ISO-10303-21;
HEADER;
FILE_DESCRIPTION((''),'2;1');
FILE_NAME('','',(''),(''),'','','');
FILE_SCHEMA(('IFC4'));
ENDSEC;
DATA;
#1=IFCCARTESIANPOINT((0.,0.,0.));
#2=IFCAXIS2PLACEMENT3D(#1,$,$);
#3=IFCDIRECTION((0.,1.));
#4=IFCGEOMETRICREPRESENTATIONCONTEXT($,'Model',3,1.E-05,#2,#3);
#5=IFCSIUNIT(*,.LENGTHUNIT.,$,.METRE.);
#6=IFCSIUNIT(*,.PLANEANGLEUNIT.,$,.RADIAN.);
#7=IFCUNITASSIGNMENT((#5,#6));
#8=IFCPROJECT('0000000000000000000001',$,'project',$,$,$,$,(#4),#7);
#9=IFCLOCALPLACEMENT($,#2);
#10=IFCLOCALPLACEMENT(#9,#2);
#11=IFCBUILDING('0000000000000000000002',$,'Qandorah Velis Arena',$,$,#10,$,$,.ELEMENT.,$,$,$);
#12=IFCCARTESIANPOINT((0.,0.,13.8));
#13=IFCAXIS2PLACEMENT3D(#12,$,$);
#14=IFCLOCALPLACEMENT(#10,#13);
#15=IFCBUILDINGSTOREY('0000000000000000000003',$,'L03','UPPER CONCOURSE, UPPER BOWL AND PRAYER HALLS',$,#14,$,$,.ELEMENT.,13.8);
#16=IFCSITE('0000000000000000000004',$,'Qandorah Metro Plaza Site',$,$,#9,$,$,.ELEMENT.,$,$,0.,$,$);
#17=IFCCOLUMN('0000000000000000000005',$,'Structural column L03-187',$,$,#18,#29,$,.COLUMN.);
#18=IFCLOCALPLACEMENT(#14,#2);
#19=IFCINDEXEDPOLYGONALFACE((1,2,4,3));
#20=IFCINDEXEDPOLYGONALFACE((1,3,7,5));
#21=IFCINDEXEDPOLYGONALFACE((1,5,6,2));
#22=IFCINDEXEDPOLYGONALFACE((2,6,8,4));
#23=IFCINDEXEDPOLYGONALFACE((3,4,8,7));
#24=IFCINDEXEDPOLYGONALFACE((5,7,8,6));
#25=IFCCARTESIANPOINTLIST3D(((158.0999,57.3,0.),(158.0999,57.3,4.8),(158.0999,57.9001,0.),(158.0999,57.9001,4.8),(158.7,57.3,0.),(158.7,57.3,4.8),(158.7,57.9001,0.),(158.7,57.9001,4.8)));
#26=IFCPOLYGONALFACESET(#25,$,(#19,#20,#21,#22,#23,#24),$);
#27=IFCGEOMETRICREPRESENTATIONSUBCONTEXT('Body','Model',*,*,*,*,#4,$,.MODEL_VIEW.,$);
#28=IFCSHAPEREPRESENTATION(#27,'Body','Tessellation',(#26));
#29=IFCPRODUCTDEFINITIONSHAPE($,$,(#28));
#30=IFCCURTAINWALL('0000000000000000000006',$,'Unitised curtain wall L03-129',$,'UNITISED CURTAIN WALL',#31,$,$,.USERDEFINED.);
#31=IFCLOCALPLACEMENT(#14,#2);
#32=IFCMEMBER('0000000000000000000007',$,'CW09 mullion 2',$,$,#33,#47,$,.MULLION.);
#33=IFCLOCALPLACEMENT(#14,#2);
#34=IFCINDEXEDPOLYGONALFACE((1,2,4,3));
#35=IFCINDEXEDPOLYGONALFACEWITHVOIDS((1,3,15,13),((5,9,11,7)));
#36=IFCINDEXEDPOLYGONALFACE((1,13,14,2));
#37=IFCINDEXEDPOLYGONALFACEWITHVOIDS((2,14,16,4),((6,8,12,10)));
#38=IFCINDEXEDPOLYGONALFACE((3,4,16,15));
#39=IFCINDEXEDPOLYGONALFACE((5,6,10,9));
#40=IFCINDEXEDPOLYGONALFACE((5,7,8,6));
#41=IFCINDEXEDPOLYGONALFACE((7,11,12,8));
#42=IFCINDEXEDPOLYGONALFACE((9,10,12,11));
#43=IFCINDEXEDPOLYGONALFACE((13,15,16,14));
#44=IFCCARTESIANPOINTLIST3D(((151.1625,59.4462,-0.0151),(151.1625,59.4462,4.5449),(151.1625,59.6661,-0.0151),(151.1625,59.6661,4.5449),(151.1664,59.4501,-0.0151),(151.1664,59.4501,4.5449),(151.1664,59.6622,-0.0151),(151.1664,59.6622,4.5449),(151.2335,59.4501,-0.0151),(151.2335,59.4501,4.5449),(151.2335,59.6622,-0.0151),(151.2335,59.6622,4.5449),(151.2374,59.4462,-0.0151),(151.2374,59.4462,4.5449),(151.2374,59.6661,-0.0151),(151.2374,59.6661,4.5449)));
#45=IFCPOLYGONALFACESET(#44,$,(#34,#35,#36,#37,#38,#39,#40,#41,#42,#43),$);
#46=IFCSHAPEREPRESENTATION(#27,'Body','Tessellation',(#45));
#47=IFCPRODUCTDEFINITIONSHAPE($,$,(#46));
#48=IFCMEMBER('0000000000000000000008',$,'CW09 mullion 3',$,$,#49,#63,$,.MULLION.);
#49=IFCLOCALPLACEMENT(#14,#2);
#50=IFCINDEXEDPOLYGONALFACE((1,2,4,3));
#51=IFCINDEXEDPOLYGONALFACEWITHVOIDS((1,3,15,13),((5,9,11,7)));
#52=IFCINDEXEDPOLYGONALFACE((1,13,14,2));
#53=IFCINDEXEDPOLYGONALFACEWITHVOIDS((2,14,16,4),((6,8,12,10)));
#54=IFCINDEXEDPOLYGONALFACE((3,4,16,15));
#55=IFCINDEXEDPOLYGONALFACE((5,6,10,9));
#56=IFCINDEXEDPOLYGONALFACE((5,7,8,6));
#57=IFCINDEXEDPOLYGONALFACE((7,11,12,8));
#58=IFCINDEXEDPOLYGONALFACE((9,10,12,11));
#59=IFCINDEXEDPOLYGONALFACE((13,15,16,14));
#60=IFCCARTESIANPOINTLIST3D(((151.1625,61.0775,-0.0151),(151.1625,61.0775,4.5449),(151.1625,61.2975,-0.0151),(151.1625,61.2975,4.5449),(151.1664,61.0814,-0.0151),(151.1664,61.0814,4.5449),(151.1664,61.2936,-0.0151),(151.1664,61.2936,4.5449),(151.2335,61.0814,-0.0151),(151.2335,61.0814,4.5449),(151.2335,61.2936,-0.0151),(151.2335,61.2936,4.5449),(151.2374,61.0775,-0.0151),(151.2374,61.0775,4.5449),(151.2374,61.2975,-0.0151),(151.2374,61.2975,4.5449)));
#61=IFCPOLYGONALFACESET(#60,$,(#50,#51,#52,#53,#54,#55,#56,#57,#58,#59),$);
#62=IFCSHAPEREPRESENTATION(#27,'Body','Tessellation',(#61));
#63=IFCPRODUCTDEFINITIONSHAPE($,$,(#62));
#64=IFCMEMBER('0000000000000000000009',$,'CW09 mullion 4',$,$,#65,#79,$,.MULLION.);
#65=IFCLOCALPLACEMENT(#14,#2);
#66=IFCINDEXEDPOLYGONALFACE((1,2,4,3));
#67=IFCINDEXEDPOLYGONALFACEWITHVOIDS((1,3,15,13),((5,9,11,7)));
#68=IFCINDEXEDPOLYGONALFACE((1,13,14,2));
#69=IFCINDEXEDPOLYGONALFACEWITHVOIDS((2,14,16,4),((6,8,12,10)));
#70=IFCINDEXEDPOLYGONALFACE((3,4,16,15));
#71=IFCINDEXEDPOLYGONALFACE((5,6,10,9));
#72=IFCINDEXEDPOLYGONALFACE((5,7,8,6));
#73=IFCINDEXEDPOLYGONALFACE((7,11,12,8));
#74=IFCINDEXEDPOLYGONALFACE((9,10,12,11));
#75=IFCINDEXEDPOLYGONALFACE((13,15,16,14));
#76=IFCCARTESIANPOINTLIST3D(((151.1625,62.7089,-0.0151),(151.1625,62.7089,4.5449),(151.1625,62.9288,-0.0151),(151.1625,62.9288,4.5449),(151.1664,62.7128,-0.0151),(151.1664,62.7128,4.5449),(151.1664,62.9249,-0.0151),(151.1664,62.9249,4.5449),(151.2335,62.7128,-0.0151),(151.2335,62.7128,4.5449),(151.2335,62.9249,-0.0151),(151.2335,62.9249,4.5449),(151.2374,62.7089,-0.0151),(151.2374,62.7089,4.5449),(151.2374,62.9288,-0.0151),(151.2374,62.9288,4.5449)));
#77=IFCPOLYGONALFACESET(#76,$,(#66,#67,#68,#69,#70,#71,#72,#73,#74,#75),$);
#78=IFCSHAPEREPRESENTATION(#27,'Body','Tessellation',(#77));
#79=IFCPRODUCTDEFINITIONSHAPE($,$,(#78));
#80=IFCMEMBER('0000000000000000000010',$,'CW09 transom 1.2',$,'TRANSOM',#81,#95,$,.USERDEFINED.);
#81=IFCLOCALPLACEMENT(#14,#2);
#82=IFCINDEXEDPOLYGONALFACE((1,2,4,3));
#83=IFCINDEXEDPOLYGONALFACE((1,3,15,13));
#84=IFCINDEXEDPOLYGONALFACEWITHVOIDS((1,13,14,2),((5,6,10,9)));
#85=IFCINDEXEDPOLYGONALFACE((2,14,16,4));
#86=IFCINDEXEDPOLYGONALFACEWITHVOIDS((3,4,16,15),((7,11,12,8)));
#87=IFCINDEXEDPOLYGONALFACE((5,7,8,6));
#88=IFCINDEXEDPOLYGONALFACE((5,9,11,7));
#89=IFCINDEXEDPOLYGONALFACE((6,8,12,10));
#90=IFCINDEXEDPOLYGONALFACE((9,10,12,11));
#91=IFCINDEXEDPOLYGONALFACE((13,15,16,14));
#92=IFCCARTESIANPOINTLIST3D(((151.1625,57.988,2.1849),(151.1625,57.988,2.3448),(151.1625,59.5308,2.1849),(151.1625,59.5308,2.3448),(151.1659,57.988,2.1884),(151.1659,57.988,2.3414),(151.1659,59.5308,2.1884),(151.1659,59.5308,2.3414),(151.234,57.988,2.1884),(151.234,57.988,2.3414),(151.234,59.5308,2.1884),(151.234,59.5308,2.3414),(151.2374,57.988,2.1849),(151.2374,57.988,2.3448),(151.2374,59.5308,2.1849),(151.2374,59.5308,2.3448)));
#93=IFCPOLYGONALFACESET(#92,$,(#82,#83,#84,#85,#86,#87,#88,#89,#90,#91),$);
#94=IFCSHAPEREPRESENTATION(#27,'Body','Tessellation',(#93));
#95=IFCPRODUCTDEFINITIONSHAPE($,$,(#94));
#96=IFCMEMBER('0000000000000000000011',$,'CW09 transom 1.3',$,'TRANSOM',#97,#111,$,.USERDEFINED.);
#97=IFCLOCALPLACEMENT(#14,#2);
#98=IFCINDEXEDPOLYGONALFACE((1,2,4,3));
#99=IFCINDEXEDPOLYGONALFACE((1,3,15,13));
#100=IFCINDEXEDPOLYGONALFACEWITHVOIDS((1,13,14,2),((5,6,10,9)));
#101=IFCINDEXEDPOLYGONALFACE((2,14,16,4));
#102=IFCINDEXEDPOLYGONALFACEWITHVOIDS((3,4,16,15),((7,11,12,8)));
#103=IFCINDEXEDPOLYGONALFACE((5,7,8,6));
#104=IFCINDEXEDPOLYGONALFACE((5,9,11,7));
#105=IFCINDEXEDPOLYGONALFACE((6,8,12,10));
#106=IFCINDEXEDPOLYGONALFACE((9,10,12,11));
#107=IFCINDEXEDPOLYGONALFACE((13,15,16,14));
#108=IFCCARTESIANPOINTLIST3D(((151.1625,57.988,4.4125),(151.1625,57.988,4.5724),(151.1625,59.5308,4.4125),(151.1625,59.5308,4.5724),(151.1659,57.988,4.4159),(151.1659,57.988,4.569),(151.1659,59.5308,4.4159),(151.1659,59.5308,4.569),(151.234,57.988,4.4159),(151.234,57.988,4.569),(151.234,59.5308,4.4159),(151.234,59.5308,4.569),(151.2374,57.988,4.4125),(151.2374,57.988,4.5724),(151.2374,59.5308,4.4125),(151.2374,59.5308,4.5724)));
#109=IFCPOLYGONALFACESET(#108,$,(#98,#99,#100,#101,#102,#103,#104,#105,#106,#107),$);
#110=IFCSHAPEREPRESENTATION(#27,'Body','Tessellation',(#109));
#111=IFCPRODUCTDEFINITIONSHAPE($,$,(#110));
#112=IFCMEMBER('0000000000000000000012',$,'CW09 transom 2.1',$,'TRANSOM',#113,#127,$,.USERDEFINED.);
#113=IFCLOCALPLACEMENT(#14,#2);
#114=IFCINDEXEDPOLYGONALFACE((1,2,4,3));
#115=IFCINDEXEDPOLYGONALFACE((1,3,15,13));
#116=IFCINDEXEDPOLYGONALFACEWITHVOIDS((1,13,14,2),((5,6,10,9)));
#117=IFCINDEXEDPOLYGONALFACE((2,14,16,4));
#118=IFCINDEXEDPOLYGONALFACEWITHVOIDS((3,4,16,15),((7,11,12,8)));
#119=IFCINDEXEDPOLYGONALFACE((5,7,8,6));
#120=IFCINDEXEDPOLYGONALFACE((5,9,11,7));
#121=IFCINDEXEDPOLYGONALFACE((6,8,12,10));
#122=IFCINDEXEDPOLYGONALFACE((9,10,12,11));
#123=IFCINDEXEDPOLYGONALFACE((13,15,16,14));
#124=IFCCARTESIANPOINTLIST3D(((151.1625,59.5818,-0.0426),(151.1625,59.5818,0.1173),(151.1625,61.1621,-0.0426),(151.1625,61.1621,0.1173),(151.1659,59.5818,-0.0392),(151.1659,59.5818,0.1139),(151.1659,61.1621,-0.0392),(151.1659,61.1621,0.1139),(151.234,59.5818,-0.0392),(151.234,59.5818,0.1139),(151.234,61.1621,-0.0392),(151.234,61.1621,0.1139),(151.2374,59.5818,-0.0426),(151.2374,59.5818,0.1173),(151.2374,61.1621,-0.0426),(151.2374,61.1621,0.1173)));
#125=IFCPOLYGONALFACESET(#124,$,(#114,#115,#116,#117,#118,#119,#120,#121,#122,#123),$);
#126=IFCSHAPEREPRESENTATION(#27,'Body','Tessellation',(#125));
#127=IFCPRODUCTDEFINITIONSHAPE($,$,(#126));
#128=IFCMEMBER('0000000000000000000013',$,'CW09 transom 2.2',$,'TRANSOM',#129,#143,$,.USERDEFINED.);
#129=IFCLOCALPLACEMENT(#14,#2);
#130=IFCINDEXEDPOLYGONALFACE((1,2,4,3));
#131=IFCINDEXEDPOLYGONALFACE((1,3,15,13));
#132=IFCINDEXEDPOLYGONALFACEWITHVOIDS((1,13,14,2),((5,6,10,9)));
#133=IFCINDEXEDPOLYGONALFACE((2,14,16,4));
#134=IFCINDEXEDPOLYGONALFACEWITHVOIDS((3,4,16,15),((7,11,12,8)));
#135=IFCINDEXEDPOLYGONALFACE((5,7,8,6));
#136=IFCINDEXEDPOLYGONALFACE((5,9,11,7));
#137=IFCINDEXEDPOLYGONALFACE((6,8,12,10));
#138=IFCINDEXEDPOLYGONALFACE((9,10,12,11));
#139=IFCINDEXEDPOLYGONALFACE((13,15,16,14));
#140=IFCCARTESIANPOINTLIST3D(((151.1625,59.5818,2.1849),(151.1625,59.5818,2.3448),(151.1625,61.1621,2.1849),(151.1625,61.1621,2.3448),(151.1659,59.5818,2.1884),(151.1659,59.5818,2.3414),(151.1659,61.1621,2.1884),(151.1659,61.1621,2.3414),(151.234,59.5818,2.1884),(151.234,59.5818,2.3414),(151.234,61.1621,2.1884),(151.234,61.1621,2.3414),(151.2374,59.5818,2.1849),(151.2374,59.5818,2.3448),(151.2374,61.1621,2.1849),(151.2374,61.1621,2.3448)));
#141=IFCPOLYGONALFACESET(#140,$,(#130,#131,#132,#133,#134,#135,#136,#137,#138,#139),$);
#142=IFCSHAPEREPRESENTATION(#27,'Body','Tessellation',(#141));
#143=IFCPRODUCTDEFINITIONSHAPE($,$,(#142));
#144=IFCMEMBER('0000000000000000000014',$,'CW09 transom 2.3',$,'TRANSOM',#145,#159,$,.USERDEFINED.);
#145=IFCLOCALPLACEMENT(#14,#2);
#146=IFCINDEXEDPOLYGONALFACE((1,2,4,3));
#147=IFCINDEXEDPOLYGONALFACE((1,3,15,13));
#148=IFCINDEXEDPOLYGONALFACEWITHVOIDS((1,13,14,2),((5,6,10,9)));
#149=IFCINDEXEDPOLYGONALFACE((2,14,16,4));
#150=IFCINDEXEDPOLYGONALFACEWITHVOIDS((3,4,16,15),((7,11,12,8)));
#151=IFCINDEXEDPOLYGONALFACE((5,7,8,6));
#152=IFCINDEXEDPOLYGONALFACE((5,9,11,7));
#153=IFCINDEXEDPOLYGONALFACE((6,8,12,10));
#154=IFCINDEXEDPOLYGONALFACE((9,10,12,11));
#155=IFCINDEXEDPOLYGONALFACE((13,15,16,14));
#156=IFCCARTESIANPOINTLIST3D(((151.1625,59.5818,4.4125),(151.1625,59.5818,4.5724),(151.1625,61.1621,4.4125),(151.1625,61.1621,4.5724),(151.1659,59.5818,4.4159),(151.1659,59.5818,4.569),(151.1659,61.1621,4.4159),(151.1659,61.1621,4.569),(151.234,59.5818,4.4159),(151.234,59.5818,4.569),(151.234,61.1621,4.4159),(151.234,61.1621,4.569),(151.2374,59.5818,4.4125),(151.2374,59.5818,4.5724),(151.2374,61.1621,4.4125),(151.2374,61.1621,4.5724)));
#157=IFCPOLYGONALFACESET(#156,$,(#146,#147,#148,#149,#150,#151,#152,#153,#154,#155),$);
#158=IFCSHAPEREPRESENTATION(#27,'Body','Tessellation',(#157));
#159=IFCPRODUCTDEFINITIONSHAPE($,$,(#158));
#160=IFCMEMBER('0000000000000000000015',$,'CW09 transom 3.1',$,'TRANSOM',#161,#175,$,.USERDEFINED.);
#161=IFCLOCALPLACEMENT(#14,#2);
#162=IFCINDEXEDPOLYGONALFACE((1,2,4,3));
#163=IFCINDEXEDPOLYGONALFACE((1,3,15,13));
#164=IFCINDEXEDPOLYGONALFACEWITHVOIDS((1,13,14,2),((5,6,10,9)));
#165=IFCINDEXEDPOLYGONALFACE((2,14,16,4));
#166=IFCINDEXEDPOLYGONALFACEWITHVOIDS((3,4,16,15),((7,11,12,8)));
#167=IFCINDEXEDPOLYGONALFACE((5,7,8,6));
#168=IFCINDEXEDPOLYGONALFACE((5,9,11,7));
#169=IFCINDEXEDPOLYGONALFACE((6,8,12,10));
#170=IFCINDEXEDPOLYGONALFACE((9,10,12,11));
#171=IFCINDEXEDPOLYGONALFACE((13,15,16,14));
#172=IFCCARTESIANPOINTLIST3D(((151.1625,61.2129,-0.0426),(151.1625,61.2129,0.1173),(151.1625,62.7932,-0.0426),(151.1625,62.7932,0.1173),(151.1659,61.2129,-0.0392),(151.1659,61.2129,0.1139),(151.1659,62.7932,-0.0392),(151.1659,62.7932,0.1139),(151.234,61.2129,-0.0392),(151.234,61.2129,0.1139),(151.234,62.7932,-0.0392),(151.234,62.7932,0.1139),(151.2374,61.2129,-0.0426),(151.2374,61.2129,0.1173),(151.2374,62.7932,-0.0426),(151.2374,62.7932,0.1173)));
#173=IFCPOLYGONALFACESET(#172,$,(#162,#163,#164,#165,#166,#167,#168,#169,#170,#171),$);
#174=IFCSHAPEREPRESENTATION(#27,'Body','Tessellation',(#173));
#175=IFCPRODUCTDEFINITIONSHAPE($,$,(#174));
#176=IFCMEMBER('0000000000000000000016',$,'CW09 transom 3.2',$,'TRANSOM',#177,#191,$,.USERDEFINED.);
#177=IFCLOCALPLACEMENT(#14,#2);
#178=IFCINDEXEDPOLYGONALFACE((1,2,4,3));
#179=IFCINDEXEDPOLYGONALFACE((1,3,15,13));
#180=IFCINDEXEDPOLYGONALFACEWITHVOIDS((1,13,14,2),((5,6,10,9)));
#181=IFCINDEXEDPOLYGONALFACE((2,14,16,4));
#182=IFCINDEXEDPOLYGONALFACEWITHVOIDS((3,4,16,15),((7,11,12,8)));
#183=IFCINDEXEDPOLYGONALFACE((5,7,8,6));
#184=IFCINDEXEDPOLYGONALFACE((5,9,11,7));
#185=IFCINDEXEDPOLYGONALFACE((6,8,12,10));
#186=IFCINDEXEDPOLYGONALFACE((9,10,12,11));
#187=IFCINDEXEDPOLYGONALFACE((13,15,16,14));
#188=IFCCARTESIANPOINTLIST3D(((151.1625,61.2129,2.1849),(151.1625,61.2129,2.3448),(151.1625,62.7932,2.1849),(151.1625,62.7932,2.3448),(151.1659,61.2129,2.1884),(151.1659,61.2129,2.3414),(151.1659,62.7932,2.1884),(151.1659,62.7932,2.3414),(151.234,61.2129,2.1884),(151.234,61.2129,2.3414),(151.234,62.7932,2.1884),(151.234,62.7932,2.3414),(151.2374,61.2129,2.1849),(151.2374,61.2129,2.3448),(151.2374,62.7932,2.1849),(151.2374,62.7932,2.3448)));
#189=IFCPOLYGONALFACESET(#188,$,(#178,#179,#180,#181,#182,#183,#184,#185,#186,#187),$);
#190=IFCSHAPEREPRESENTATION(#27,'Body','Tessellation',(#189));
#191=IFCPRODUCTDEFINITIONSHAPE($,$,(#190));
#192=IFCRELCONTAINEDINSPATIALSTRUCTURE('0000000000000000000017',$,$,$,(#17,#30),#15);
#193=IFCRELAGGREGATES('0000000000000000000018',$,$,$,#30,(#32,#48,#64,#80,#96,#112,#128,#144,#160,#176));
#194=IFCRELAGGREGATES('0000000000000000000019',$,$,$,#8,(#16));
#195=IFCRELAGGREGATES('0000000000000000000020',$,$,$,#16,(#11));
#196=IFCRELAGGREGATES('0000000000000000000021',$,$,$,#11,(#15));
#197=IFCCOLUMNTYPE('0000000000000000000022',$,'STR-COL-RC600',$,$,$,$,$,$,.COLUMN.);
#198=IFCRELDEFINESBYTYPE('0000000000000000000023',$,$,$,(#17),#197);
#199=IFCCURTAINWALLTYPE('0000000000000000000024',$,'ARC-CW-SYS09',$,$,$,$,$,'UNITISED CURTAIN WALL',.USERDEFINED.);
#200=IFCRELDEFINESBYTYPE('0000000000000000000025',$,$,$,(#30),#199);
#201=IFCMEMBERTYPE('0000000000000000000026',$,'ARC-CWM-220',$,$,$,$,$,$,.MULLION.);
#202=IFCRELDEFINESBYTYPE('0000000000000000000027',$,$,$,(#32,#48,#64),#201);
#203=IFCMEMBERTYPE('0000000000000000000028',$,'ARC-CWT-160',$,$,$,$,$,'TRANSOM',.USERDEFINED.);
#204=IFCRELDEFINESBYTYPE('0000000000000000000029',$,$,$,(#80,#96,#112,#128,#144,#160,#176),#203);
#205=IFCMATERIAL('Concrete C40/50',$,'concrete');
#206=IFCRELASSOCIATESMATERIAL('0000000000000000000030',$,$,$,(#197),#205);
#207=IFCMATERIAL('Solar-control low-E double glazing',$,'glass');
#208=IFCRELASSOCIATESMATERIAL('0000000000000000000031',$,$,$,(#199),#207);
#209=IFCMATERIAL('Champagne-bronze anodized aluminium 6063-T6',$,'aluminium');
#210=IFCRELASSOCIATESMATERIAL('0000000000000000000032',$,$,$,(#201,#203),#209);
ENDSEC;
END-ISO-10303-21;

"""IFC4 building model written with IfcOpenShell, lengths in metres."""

from ifc_helpers import new_model, si_unit, direction, frame, origin, origin_2d, place, context, subcontext, project, spatial, rectangle, hollow_rectangle, extrude, material, material_profile, profile_set, type_object, element, aggregate, save


model = new_model("IFC4")

# Units and contexts
model_context = context("Model", 3, precision=1e-05, world=origin(), true_north=direction((0.0, 1.0)))
body_context = subcontext(model_context, "Body", "Model", "MODEL_VIEW")
ifc_project = project(units=[si_unit("LENGTHUNIT", "METRE"), si_unit("PLANEANGLEUNIT", "RADIAN")], contexts=[model_context])

# Site, building, storey
site_placement = place(None, origin())
site = spatial("IfcSite", under=ifc_project, at=site_placement, Name="Qandorah Metro Plaza Site", CompositionType="ELEMENT", RefElevation=0.0)
building_placement = place(site_placement, origin())
building = spatial("IfcBuilding", under=site, at=building_placement, Name="Qandorah Velis Arena", CompositionType="ELEMENT")
storey_placement = place(building_placement, frame((0.0, 0.0, 13.8)))
storey = spatial("IfcBuildingStorey", under=building, at=storey_placement, Name="L03", Description="UPPER CONCOURSE, UPPER BOWL AND PRAYER HALLS", CompositionType="ELEMENT", Elevation=13.8)

# Column
ifc_material_1 = material(Name="Concrete C40/50", Category="concrete")
ifc_material_profile_1 = material_profile(ifc_material_1, rectangle(XDim=0.6001, YDim=0.6001, at=origin_2d()), Name="RC COL 600x600")
ifc_profile_set_1 = profile_set([ifc_material_profile_1], Name="Concrete C40/50")
column_type = type_object("IfcColumnType", Name="STR-COL-RC600", PredefinedType="COLUMN", material=ifc_profile_set_1)
column_placement = place(storey_placement, frame((158.3999, 57.6001, 0.0), z_axis=(0.0, 0.0, 1.0), x_axis=(1.0, 0.0, 0.0)))
element("IfcColumn", 1, at=column_placement, inside=storey, type_object=column_type, Name="Structural column L03-187", PredefinedType="COLUMN", context=body_context, shape_type="SweptSolid", body=[
    extrude(rectangle(XDim=0.6001, YDim=0.6001, at=origin_2d()), origin(), (0.0, 0.0, 1.0), 4.8),
])

# Curtain wall, members
ifc_material_2 = material(Name="Solar-control low-E double glazing", Category="glass")
curtain_wall_type = type_object("IfcCurtainWallType", Name="ARC-CW-SYS09", ElementType="UNITISED CURTAIN WALL", PredefinedType="USERDEFINED", material=ifc_material_2)
curtain_wall_placement = place(storey_placement, origin())
curtain_wall = element("IfcCurtainWall", 2, at=curtain_wall_placement, inside=storey, type_object=curtain_wall_type, Name="Unitised curtain wall L03-129", ObjectType="UNITISED CURTAIN WALL", PredefinedType="USERDEFINED")
ifc_material_3 = material(Name="Champagne-bronze anodized aluminium 6063-T6", Category="aluminium")
ifc_material_profile_2 = material_profile(ifc_material_3, hollow_rectangle(XDim=0.075, YDim=0.22, WallThickness=0.0039, at=origin_2d()), Name="ALU MULLION 75x220")
ifc_profile_set_2 = profile_set([ifc_material_profile_2], Name="Champagne-bronze anodized aluminium 6063-T6")
member_type_1 = type_object("IfcMemberType", Name="ARC-CWM-220", PredefinedType="MULLION", material=ifc_profile_set_2)
member_1_placement = place(storey_placement, frame((151.2, 59.5562, -0.0151), z_axis=(0.0, 0.0, 1.0), x_axis=(-1.0, 0.0, 0.0)))
member_1 = element("IfcMember", 3, at=member_1_placement, type_object=member_type_1, Name="CW09 mullion 2", PredefinedType="MULLION", context=body_context, shape_type="SweptSolid", body=[
    extrude(hollow_rectangle(XDim=0.075, YDim=0.22, WallThickness=0.0039, at=origin_2d()), origin(), (0.0, 0.0, 1.0), 4.5601),
])
member_2_placement = place(storey_placement, frame((151.2, 61.1875, -0.0151), z_axis=(0.0, 0.0, 1.0), x_axis=(-1.0, 0.0, 0.0)))
member_2 = element("IfcMember", 4, at=member_2_placement, type_object=member_type_1, Name="CW09 mullion 3", PredefinedType="MULLION", context=body_context, shape_type="SweptSolid", body=[
    extrude(hollow_rectangle(XDim=0.075, YDim=0.22, WallThickness=0.0039, at=origin_2d()), origin(), (0.0, 0.0, 1.0), 4.5601),
])
member_3_placement = place(storey_placement, frame((151.2, 62.8188, -0.0151), z_axis=(0.0, 0.0, 1.0), x_axis=(-1.0, 0.0, 0.0)))
member_3 = element("IfcMember", 5, at=member_3_placement, type_object=member_type_1, Name="CW09 mullion 4", PredefinedType="MULLION", context=body_context, shape_type="SweptSolid", body=[
    extrude(hollow_rectangle(XDim=0.075, YDim=0.22, WallThickness=0.0039, at=origin_2d()), origin(), (0.0, 0.0, 1.0), 4.5601),
])
ifc_material_profile_3 = material_profile(ifc_material_3, hollow_rectangle(XDim=0.075, YDim=0.1599, WallThickness=0.0034, at=origin_2d()), Name="ALU TRANSOM 75x160")
ifc_profile_set_3 = profile_set([ifc_material_profile_3], Name="Champagne-bronze anodized aluminium 6063-T6")
member_type_2 = type_object("IfcMemberType", Name="ARC-CWT-160", ElementType="TRANSOM", PredefinedType="USERDEFINED", material=ifc_profile_set_3)
member_4_placement = place(storey_placement, frame((151.2, 57.988, 2.2649), z_axis=(0.0, 1.0, 0.0), x_axis=(-1.0, 0.0, 0.0)))
member_4 = element("IfcMember", 6, at=member_4_placement, type_object=member_type_2, Name="CW09 transom 1.2", ObjectType="TRANSOM", PredefinedType="USERDEFINED", context=body_context, shape_type="SweptSolid", body=[
    extrude(hollow_rectangle(XDim=0.075, YDim=0.1599, WallThickness=0.0034, at=origin_2d()), origin(), (0.0, 0.0, 1.0), 1.5427),
])
member_5_placement = place(storey_placement, frame((151.2, 57.988, 4.4924), z_axis=(0.0, 1.0, 0.0), x_axis=(-1.0, 0.0, 0.0)))
member_5 = element("IfcMember", 7, at=member_5_placement, type_object=member_type_2, Name="CW09 transom 1.3", ObjectType="TRANSOM", PredefinedType="USERDEFINED", context=body_context, shape_type="SweptSolid", body=[
    extrude(hollow_rectangle(XDim=0.075, YDim=0.1599, WallThickness=0.0034, at=origin_2d()), origin(), (0.0, 0.0, 1.0), 1.5427),
])
member_6_placement = place(storey_placement, frame((151.2, 59.5818, 0.0374), z_axis=(0.0, 1.0, 0.0), x_axis=(-1.0, 0.0, 0.0)))
member_6 = element("IfcMember", 8, at=member_6_placement, type_object=member_type_2, Name="CW09 transom 2.1", ObjectType="TRANSOM", PredefinedType="USERDEFINED", context=body_context, shape_type="SweptSolid", body=[
    extrude(hollow_rectangle(XDim=0.075, YDim=0.1599, WallThickness=0.0034, at=origin_2d()), origin(), (0.0, 0.0, 1.0), 1.5803),
])
member_7_placement = place(storey_placement, frame((151.2, 59.5818, 2.2649), z_axis=(0.0, 1.0, 0.0), x_axis=(-1.0, 0.0, 0.0)))
member_7 = element("IfcMember", 9, at=member_7_placement, type_object=member_type_2, Name="CW09 transom 2.2", ObjectType="TRANSOM", PredefinedType="USERDEFINED", context=body_context, shape_type="SweptSolid", body=[
    extrude(hollow_rectangle(XDim=0.075, YDim=0.1599, WallThickness=0.0034, at=origin_2d()), origin(), (0.0, 0.0, 1.0), 1.5803),
])
member_8_placement = place(storey_placement, frame((151.2, 59.5818, 4.4924), z_axis=(0.0, 1.0, 0.0), x_axis=(-1.0, 0.0, 0.0)))
member_8 = element("IfcMember", 10, at=member_8_placement, type_object=member_type_2, Name="CW09 transom 2.3", ObjectType="TRANSOM", PredefinedType="USERDEFINED", context=body_context, shape_type="SweptSolid", body=[
    extrude(hollow_rectangle(XDim=0.075, YDim=0.1599, WallThickness=0.0034, at=origin_2d()), origin(), (0.0, 0.0, 1.0), 1.5803),
])
member_9_placement = place(storey_placement, frame((151.2, 61.2129, 0.0374), z_axis=(0.0, 1.0, 0.0), x_axis=(-1.0, 0.0, 0.0)))
member_9 = element("IfcMember", 11, at=member_9_placement, type_object=member_type_2, Name="CW09 transom 3.1", ObjectType="TRANSOM", PredefinedType="USERDEFINED", context=body_context, shape_type="SweptSolid", body=[
    extrude(hollow_rectangle(XDim=0.075, YDim=0.1599, WallThickness=0.0034, at=origin_2d()), origin(), (0.0, 0.0, 1.0), 1.5803),
])
member_10_placement = place(storey_placement, frame((151.2, 61.2129, 2.2649), z_axis=(0.0, 1.0, 0.0), x_axis=(-1.0, 0.0, 0.0)))
member_10 = element("IfcMember", 12, at=member_10_placement, type_object=member_type_2, Name="CW09 transom 3.2", ObjectType="TRANSOM", PredefinedType="USERDEFINED", context=body_context, shape_type="SweptSolid", body=[
    extrude(hollow_rectangle(XDim=0.075, YDim=0.1599, WallThickness=0.0034, at=origin_2d()), origin(), (0.0, 0.0, 1.0), 1.5803),
])

aggregate(curtain_wall, [member_1, member_2, member_3, member_4, member_5, member_6, member_7, member_8, member_9, member_10])

save(model, "model.ifc")
